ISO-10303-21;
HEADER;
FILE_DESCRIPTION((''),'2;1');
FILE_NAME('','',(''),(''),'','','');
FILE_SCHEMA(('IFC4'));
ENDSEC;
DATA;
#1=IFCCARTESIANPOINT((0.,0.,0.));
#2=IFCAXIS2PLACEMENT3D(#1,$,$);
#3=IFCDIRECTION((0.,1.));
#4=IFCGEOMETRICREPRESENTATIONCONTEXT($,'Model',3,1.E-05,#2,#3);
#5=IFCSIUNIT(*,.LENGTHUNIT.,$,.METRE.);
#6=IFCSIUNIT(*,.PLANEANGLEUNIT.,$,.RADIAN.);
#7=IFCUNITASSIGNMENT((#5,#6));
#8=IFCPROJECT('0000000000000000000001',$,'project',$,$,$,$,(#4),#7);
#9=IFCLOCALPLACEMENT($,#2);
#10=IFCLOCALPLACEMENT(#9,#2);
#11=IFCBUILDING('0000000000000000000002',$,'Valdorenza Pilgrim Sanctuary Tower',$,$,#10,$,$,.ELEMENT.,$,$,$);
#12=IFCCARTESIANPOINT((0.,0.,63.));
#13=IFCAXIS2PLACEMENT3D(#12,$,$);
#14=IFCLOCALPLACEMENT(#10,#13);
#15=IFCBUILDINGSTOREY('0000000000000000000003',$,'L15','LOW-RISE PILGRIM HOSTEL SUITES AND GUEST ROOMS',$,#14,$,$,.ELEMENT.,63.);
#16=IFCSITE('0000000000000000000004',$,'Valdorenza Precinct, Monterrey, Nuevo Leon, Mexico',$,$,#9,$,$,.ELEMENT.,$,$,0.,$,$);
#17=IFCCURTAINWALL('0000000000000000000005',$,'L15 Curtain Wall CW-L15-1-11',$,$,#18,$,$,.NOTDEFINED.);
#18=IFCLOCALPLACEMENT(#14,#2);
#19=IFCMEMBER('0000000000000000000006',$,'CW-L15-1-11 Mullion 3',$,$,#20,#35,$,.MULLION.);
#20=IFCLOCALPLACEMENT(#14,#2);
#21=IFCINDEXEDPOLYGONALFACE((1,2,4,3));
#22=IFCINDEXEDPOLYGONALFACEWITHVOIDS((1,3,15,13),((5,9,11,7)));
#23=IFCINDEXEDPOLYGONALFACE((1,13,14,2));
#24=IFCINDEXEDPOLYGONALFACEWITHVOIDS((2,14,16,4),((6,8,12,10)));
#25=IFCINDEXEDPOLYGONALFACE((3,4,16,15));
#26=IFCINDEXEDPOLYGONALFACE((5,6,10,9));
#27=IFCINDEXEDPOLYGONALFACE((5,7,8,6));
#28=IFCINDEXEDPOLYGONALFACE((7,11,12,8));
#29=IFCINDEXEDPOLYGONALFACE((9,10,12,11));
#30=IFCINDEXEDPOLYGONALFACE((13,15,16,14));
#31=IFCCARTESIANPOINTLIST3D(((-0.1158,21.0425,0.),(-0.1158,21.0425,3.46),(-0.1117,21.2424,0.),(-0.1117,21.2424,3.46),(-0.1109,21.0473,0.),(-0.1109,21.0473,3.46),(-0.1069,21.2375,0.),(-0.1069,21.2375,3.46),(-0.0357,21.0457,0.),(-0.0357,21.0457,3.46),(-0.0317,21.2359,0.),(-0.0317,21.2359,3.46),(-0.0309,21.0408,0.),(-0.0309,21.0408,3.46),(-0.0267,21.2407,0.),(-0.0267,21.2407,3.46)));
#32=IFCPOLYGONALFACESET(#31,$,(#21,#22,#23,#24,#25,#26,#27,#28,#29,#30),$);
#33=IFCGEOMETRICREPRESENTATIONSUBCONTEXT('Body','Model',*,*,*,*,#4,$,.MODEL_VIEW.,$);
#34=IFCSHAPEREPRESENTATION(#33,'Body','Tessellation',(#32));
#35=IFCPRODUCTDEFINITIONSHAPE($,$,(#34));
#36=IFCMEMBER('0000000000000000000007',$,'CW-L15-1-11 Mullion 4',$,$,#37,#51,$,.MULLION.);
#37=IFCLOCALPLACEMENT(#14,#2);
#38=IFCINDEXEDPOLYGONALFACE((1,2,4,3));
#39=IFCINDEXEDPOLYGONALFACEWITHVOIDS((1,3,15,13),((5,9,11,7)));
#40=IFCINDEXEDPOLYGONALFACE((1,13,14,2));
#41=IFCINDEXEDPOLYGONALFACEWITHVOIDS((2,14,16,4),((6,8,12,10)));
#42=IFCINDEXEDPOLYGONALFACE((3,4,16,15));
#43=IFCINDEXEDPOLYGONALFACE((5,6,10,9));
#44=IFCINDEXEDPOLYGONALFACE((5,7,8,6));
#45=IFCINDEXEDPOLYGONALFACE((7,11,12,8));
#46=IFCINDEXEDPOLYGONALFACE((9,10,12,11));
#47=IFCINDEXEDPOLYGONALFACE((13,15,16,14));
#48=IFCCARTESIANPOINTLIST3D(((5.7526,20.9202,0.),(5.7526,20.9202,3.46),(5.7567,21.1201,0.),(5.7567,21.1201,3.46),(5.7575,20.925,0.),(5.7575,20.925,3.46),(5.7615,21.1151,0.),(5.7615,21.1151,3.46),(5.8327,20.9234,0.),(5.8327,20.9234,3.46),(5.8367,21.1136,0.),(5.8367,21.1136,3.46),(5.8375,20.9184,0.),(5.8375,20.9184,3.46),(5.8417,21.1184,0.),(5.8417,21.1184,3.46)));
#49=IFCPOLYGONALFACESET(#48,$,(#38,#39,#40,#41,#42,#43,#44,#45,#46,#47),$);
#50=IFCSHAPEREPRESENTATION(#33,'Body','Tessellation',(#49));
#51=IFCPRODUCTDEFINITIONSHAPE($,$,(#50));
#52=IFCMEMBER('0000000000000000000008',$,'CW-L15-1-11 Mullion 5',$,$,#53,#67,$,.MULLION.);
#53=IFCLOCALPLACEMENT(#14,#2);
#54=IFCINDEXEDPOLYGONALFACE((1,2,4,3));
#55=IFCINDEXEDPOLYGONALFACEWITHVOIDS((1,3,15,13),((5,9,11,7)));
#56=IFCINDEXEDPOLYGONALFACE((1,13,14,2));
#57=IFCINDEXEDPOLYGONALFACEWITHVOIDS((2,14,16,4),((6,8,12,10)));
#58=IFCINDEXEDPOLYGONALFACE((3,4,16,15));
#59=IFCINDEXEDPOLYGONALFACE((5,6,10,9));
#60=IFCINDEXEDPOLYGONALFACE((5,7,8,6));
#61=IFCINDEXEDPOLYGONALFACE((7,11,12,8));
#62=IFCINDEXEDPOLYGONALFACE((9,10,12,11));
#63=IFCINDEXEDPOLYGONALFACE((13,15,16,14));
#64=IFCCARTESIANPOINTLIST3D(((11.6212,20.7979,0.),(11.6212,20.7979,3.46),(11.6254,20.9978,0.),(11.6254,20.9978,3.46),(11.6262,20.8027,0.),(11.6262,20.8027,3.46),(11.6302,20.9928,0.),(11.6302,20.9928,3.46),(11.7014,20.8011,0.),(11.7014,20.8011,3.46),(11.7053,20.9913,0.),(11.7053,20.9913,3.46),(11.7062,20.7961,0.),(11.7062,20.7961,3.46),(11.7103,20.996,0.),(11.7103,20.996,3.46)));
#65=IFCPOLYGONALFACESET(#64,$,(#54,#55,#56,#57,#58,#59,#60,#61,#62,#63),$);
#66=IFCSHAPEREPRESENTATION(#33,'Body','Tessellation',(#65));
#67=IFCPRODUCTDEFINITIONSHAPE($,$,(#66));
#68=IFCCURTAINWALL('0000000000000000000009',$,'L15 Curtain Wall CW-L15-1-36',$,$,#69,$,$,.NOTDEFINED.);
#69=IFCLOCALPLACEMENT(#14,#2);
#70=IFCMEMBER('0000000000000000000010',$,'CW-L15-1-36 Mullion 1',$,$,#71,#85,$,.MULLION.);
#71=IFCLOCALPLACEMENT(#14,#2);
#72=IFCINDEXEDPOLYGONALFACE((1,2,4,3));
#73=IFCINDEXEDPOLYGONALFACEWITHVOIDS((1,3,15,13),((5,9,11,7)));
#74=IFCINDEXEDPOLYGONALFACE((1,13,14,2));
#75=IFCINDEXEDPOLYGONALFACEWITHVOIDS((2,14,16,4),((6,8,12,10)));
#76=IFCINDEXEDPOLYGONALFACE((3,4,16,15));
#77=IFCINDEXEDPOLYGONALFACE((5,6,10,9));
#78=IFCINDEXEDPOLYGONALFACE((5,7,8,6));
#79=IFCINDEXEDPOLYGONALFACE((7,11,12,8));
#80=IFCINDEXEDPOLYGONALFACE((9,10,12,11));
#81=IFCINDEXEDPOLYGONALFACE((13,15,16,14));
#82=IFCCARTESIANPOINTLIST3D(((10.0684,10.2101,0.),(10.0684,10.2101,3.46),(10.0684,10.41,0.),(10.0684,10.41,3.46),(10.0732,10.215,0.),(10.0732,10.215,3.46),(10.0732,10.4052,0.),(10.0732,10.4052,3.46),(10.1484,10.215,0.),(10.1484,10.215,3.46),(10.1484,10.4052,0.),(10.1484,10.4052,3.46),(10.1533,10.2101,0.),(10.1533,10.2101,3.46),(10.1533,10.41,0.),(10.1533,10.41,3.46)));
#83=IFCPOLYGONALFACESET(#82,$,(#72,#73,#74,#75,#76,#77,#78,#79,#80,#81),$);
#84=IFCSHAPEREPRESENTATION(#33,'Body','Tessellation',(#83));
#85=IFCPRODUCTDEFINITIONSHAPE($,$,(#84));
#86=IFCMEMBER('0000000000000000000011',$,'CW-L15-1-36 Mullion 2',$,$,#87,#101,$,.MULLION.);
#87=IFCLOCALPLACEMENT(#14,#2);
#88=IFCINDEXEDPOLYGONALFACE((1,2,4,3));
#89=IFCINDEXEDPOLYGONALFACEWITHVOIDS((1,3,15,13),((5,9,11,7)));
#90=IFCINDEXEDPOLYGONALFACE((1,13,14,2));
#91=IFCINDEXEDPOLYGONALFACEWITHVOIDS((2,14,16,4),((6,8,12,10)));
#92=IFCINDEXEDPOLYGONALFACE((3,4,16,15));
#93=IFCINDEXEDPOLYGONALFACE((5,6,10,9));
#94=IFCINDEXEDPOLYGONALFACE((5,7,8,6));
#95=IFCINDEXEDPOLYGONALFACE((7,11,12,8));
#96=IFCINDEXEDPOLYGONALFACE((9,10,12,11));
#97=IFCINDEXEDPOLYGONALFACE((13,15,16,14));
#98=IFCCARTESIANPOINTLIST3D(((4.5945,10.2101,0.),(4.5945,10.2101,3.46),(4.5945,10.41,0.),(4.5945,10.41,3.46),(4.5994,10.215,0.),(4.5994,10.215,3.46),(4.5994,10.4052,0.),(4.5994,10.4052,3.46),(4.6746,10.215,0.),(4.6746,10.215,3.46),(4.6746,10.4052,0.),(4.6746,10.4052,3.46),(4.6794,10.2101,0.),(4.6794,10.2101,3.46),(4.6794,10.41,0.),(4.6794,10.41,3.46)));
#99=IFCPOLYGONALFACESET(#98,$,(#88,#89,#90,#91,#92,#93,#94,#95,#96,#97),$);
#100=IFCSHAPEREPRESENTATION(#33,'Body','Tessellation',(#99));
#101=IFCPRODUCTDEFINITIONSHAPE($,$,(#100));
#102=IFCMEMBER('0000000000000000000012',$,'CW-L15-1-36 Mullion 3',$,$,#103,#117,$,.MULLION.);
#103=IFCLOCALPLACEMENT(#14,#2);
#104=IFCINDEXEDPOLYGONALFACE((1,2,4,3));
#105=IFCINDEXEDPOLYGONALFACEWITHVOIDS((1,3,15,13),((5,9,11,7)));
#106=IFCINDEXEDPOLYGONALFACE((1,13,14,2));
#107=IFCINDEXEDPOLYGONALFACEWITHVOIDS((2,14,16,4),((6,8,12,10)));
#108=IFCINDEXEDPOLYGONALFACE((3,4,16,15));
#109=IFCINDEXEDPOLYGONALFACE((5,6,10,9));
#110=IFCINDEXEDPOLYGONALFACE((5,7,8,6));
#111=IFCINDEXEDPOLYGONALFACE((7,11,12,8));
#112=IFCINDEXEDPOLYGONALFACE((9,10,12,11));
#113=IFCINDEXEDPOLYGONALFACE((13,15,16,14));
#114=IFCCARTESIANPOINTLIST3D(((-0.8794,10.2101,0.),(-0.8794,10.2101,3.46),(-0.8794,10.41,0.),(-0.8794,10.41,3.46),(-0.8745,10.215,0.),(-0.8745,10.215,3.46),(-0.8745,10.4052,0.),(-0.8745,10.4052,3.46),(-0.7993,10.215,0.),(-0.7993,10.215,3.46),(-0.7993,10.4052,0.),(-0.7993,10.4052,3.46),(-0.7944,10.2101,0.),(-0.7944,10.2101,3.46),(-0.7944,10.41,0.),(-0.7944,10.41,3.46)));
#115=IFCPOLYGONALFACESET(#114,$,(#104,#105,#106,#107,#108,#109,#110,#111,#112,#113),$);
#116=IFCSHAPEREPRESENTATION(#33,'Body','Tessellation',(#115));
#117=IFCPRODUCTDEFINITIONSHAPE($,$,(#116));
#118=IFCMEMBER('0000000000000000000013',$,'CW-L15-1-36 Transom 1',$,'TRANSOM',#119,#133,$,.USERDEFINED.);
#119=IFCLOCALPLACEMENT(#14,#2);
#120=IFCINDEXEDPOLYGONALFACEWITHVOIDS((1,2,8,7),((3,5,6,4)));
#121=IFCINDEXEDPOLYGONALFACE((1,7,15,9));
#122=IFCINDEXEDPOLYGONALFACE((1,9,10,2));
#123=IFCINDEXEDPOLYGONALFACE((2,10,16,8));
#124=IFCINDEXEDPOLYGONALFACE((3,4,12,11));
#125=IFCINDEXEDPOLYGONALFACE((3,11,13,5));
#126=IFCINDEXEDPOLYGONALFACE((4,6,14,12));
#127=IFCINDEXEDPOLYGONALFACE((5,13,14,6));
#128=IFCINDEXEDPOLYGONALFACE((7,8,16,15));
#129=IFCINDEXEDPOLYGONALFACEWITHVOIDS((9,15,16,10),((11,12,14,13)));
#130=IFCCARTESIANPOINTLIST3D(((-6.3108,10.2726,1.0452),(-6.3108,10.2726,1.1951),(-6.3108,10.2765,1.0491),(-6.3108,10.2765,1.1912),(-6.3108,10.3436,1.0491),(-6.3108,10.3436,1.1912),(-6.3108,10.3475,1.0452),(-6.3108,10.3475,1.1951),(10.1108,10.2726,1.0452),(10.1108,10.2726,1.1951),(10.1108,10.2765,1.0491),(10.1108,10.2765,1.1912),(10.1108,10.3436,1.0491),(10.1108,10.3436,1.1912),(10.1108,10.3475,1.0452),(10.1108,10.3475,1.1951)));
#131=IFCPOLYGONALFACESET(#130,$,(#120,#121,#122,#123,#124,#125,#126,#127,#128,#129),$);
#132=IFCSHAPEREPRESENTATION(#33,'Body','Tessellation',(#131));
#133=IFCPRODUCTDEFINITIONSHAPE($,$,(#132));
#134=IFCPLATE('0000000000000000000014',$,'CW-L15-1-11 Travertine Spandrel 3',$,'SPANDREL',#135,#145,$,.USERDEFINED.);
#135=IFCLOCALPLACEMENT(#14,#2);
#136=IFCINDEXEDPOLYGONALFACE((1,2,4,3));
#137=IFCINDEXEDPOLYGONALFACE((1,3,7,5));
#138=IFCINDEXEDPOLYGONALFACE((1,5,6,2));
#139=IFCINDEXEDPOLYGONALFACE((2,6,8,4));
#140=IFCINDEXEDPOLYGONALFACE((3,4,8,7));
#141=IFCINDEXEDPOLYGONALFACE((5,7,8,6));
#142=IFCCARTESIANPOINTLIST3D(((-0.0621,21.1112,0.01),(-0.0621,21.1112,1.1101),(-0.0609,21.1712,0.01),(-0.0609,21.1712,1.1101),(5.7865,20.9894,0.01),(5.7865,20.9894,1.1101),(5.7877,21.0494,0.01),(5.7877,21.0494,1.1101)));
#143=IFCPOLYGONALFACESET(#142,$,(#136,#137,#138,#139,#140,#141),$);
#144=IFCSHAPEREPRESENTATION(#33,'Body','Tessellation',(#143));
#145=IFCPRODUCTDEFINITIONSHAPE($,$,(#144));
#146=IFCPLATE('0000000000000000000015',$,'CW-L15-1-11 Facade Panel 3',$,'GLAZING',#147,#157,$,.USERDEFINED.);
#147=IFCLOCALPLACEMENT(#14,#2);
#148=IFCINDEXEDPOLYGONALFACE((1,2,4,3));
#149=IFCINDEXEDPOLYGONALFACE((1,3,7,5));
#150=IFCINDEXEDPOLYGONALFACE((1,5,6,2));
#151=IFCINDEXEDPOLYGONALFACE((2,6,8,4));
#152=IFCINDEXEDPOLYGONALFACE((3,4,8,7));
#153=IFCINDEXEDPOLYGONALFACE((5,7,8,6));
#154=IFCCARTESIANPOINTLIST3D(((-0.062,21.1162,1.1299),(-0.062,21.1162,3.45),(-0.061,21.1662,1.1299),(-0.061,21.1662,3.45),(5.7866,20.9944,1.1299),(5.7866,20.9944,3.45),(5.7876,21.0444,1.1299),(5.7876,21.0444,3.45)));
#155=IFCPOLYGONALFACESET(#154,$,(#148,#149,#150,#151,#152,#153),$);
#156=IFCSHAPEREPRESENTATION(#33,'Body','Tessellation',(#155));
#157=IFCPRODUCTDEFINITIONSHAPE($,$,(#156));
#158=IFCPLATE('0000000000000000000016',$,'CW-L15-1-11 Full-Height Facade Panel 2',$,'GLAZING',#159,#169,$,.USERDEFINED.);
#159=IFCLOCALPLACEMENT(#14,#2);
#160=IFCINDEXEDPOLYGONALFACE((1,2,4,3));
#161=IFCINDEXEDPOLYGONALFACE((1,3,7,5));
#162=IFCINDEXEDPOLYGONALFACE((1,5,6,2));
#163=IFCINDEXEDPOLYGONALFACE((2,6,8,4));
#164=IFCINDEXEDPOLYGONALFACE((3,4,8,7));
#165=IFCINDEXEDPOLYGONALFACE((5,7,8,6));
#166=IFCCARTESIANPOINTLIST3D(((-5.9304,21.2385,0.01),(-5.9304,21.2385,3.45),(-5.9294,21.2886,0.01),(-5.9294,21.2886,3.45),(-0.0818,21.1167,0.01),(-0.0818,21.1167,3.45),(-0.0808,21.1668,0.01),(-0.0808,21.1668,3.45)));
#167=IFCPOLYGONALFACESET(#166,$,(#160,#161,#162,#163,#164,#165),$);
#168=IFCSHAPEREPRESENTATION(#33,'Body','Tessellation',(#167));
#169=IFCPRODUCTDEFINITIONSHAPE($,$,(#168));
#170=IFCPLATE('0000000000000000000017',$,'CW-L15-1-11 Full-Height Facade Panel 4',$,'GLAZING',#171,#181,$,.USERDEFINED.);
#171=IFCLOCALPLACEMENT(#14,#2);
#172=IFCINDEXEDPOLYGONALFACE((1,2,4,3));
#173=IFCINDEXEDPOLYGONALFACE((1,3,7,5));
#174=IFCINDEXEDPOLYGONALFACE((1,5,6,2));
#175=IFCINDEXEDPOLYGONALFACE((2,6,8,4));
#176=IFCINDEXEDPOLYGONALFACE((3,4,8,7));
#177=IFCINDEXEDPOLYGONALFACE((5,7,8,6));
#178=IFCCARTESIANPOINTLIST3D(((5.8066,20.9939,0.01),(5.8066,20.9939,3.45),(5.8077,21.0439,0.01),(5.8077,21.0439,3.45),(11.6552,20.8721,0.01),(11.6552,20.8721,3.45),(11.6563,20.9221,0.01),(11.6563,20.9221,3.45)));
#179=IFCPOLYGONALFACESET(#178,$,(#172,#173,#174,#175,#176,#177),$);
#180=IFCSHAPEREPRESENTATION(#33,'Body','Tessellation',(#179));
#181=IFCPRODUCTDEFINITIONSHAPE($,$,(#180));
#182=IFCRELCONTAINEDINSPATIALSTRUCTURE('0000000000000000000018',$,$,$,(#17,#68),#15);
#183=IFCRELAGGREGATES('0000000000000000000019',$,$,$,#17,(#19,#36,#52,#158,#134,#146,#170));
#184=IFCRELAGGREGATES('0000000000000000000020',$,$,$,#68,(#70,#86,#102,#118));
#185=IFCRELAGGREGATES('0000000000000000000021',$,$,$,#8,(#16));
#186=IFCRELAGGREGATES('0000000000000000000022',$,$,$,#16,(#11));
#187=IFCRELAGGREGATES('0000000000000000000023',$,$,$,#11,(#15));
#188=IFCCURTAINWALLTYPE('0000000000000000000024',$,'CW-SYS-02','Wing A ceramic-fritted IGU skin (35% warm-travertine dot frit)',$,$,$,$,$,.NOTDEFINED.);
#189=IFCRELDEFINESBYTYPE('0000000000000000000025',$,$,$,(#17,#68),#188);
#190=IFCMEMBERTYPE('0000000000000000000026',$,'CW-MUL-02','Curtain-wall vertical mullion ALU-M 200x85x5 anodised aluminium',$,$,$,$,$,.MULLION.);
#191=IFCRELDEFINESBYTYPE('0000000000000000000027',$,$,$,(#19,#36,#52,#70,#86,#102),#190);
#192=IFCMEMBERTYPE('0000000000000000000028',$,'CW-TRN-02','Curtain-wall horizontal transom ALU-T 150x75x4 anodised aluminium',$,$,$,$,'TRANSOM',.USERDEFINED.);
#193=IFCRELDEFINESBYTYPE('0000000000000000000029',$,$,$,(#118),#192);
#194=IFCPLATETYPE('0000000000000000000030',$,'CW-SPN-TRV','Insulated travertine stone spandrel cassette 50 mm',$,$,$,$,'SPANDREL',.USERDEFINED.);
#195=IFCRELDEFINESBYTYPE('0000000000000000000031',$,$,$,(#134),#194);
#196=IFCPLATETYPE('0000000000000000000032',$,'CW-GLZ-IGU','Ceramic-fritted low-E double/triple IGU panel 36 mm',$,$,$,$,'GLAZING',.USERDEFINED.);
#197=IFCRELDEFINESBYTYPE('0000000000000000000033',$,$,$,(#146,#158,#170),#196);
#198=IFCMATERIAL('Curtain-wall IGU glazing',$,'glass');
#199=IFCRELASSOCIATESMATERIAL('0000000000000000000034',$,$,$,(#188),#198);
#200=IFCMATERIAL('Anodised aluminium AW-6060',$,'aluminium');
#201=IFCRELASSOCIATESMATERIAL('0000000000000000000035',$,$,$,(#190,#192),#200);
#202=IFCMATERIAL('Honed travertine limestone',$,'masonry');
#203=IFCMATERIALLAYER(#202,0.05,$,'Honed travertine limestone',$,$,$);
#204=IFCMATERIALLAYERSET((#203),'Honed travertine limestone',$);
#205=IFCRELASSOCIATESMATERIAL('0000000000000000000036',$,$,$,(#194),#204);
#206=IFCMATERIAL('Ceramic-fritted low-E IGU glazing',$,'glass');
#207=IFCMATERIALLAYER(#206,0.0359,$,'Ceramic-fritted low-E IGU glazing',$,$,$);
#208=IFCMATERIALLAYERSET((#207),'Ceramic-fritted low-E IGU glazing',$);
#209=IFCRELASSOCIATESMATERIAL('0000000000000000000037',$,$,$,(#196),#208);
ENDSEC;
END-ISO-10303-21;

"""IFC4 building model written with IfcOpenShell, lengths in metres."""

from ifc_helpers import new_model, si_unit, direction, frame, origin, origin_2d, place, context, subcontext, project, spatial, rectangle, hollow_rectangle, extrude, source, transform, mapped, material, layer, layer_set, material_profile, profile_set, type_object, element, aggregate, save


model = new_model("IFC4")

# Units and contexts
model_context = context("Model", 3, precision=1e-05, world=origin(), true_north=direction((0.0, 1.0)))
body_context = subcontext(model_context, "Body", "Model", "MODEL_VIEW")
ifc_project = project(units=[si_unit("LENGTHUNIT", "METRE"), si_unit("PLANEANGLEUNIT", "RADIAN")], contexts=[model_context])

# Site, building, storey
site_placement = place(None, origin())
site = spatial("IfcSite", under=ifc_project, at=site_placement, Name="Valdorenza Precinct, Monterrey, Nuevo Leon, Mexico", CompositionType="ELEMENT", RefElevation=0.0)
building_placement = place(site_placement, origin())
building = spatial("IfcBuilding", under=site, at=building_placement, Name="Valdorenza Pilgrim Sanctuary Tower", CompositionType="ELEMENT")
storey_placement = place(building_placement, frame((0.0, 0.0, 63.0)))
storey = spatial("IfcBuildingStorey", under=building, at=storey_placement, Name="L15", Description="LOW-RISE PILGRIM HOSTEL SUITES AND GUEST ROOMS", CompositionType="ELEMENT", Elevation=63.0)

# Curtain walls, members
ifc_material_1 = material(Name="Curtain-wall IGU glazing", Category="glass")
curtain_wall_type = type_object("IfcCurtainWallType", Name="CW-SYS-02", Description="Wing A ceramic-fritted IGU skin (35% warm-travertine dot frit)", PredefinedType="NOTDEFINED", material=ifc_material_1)
curtain_wall_1_placement = place(storey_placement, origin())
curtain_wall_1 = element("IfcCurtainWall", 1, at=curtain_wall_1_placement, inside=storey, type_object=curtain_wall_type, Name="L15 Curtain Wall CW-L15-1-11", PredefinedType="NOTDEFINED")
ifc_material_2 = material(Name="Anodised aluminium AW-6060", Category="aluminium")
ifc_material_profile_1 = material_profile(ifc_material_2, hollow_rectangle(XDim=0.085, YDim=0.2, WallThickness=0.0049, at=origin_2d()), Name="ALU-M 200x85x5")
ifc_profile_set_1 = profile_set([ifc_material_profile_1], Name="Anodised aluminium AW-6060")
member_type_1 = type_object("IfcMemberType", Name="CW-MUL-02", Description="Curtain-wall vertical mullion ALU-M 200x85x5 anodised aluminium", PredefinedType="MULLION", material=ifc_profile_set_1)
shared_shape_1 = source(origin(), body_context, "Body", "SweptSolid", [
    extrude(hollow_rectangle(XDim=0.085, YDim=0.2, WallThickness=0.0049, at=origin_2d()), origin(), (0.0, 0.0, 1.0), 3.46),
])
member_1_placement = place(storey_placement, frame((-0.0713, 21.1416, 0.0), z_axis=(0.0, 0.0, 1.0), x_axis=(0.999783, -0.02082, 0.0)))
member_1 = element("IfcMember", 2, at=member_1_placement, type_object=member_type_1, Name="CW-L15-1-11 Mullion 3", PredefinedType="MULLION", context=body_context, shape_type="MappedRepresentation", body=[
    mapped(shared_shape_1, transform((0.0, 0.0, 0.0), x_axis=(1.0, 0.0, 0.0), y_axis=(0.0, 1.0, 0.0), z_axis=(0.0, 0.0, 1.0), scale=1.0)),
])
member_2_placement = place(storey_placement, frame((5.7971, 21.0193, 0.0), z_axis=(0.0, 0.0, 1.0), x_axis=(0.999783, -0.02082, 0.0)))
member_2 = element("IfcMember", 3, at=member_2_placement, type_object=member_type_1, Name="CW-L15-1-11 Mullion 4", PredefinedType="MULLION", context=body_context, shape_type="MappedRepresentation", body=[
    mapped(shared_shape_1, transform((0.0, 0.0, 0.0), x_axis=(1.0, 0.0, 0.0), y_axis=(0.0, 1.0, 0.0), z_axis=(0.0, 0.0, 1.0), scale=1.0)),
])
member_3_placement = place(storey_placement, frame((11.6658, 20.897, 0.0), z_axis=(0.0, 0.0, 1.0), x_axis=(0.999783, -0.02082, 0.0)))
member_3 = element("IfcMember", 4, at=member_3_placement, type_object=member_type_1, Name="CW-L15-1-11 Mullion 5", PredefinedType="MULLION", context=body_context, shape_type="MappedRepresentation", body=[
    mapped(shared_shape_1, transform((0.0, 0.0, 0.0), x_axis=(1.0, 0.0, 0.0), y_axis=(0.0, 1.0, 0.0), z_axis=(0.0, 0.0, 1.0), scale=1.0)),
])
curtain_wall_2_placement = place(storey_placement, origin())
curtain_wall_2 = element("IfcCurtainWall", 5, at=curtain_wall_2_placement, inside=storey, type_object=curtain_wall_type, Name="L15 Curtain Wall CW-L15-1-36", PredefinedType="NOTDEFINED")
member_4_placement = place(storey_placement, frame((10.1108, 10.3101, 0.0), z_axis=(0.0, 0.0, 1.0), x_axis=(-1.0, 0.0, 0.0)))
member_4 = element("IfcMember", 6, at=member_4_placement, type_object=member_type_1, Name="CW-L15-1-36 Mullion 1", PredefinedType="MULLION", context=body_context, shape_type="MappedRepresentation", body=[
    mapped(shared_shape_1, transform((0.0, 0.0, 0.0), x_axis=(1.0, 0.0, 0.0), y_axis=(0.0, 1.0, 0.0), z_axis=(0.0, 0.0, 1.0), scale=1.0)),
])
member_5_placement = place(storey_placement, frame((4.637, 10.3101, 0.0), z_axis=(0.0, 0.0, 1.0), x_axis=(-1.0, 0.0, 0.0)))
member_5 = element("IfcMember", 7, at=member_5_placement, type_object=member_type_1, Name="CW-L15-1-36 Mullion 2", PredefinedType="MULLION", context=body_context, shape_type="MappedRepresentation", body=[
    mapped(shared_shape_1, transform((0.0, 0.0, 0.0), x_axis=(1.0, 0.0, 0.0), y_axis=(0.0, 1.0, 0.0), z_axis=(0.0, 0.0, 1.0), scale=1.0)),
])
member_6_placement = place(storey_placement, frame((-0.8369, 10.3101, 0.0), z_axis=(0.0, 0.0, 1.0), x_axis=(-1.0, 0.0, 0.0)))
member_6 = element("IfcMember", 8, at=member_6_placement, type_object=member_type_1, Name="CW-L15-1-36 Mullion 3", PredefinedType="MULLION", context=body_context, shape_type="MappedRepresentation", body=[
    mapped(shared_shape_1, transform((0.0, 0.0, 0.0), x_axis=(1.0, 0.0, 0.0), y_axis=(0.0, 1.0, 0.0), z_axis=(0.0, 0.0, 1.0), scale=1.0)),
])
ifc_material_profile_2 = material_profile(ifc_material_2, hollow_rectangle(XDim=0.075, YDim=0.1499, WallThickness=0.0039, at=origin_2d()), Name="ALU-T 150x75x4")
ifc_profile_set_2 = profile_set([ifc_material_profile_2], Name="Anodised aluminium AW-6060")
member_type_2 = type_object("IfcMemberType", Name="CW-TRN-02", Description="Curtain-wall horizontal transom ALU-T 150x75x4 anodised aluminium", ElementType="TRANSOM", PredefinedType="USERDEFINED", material=ifc_profile_set_2)
shared_shape_2 = source(origin(), body_context, "Body", "SweptSolid", [
    extrude(hollow_rectangle(XDim=0.075, YDim=0.1499, WallThickness=0.0039, at=origin_2d()), origin(), (0.0, 0.0, 1.0), 16.4216),
])
member_7_placement = place(storey_placement, frame((10.1108, 10.3101, 1.1201), z_axis=(-1.0, 0.0, 0.0), x_axis=(0.0, -1.0, 0.0)))
member_7 = element("IfcMember", 9, at=member_7_placement, type_object=member_type_2, Name="CW-L15-1-36 Transom 1", ObjectType="TRANSOM", PredefinedType="USERDEFINED", context=body_context, shape_type="MappedRepresentation", body=[
    mapped(shared_shape_2, transform((0.0, 0.0, 0.0), x_axis=(1.0, 0.0, 0.0), y_axis=(0.0, 1.0, 0.0), z_axis=(0.0, 0.0, 1.0), scale=1.0)),
])

# Plates
ifc_material_3 = material(Name="Honed travertine limestone", Category="masonry")
ifc_layer_1 = layer(ifc_material_3, 0.05, Name="Honed travertine limestone")
ifc_layer_set_1 = layer_set([ifc_layer_1], Name="Honed travertine limestone")
plate_type_1 = type_object("IfcPlateType", Name="CW-SPN-TRV", Description="Insulated travertine stone spandrel cassette 50 mm", ElementType="SPANDREL", PredefinedType="USERDEFINED", material=ifc_layer_set_1)
shared_shape_3 = source(origin(), body_context, "Body", "SweptSolid", [
    extrude(rectangle(XDim=5.8499, YDim=0.0601, at=origin_2d()), origin(), (0.0, 0.0, 1.0), 1.1001),
])
plate_1_placement = place(storey_placement, frame((2.8628, 21.0803, 0.01), z_axis=(0.0, 0.0, 1.0), x_axis=(0.999783, -0.02082, 0.0)))
plate_1 = element("IfcPlate", 10, at=plate_1_placement, type_object=plate_type_1, Name="CW-L15-1-11 Travertine Spandrel 3", ObjectType="SPANDREL", PredefinedType="USERDEFINED", context=body_context, shape_type="MappedRepresentation", body=[
    mapped(shared_shape_3, transform((0.0, 0.0, 0.0), x_axis=(1.0, 0.0, 0.0), y_axis=(0.0, 1.0, 0.0), z_axis=(0.0, 0.0, 1.0), scale=1.0)),
])
ifc_material_4 = material(Name="Ceramic-fritted low-E IGU glazing", Category="glass")
ifc_layer_2 = layer(ifc_material_4, 0.0359, Name="Ceramic-fritted low-E IGU glazing")
ifc_layer_set_2 = layer_set([ifc_layer_2], Name="Ceramic-fritted low-E IGU glazing")
plate_type_2 = type_object("IfcPlateType", Name="CW-GLZ-IGU", Description="Ceramic-fritted low-E double/triple IGU panel 36 mm", ElementType="GLAZING", PredefinedType="USERDEFINED", material=ifc_layer_set_2)
shared_shape_4 = source(origin(), body_context, "Body", "SweptSolid", [
    extrude(rectangle(XDim=5.8499, YDim=0.05, at=origin_2d()), origin(), (0.0, 0.0, 1.0), 2.3201),
])
plate_2_placement = place(storey_placement, frame((2.8628, 21.0803, 1.1299), z_axis=(0.0, 0.0, 1.0), x_axis=(0.999783, -0.02082, 0.0)))
plate_2 = element("IfcPlate", 11, at=plate_2_placement, type_object=plate_type_2, Name="CW-L15-1-11 Facade Panel 3", ObjectType="GLAZING", PredefinedType="USERDEFINED", context=body_context, shape_type="MappedRepresentation", body=[
    mapped(shared_shape_4, transform((0.0, 0.0, 0.0), x_axis=(1.0, 0.0, 0.0), y_axis=(0.0, 1.0, 0.0), z_axis=(0.0, 0.0, 1.0), scale=1.0)),
])
shared_shape_5 = source(origin(), body_context, "Body", "SweptSolid", [
    extrude(rectangle(XDim=5.8499, YDim=0.05, at=origin_2d()), origin(), (0.0, 0.0, 1.0), 3.4399),
])
plate_3_placement = place(storey_placement, frame((-3.0056, 21.2026, 0.01), z_axis=(0.0, 0.0, 1.0), x_axis=(0.999783, -0.02082, 0.0)))
plate_3 = element("IfcPlate", 12, at=plate_3_placement, type_object=plate_type_2, Name="CW-L15-1-11 Full-Height Facade Panel 2", ObjectType="GLAZING", PredefinedType="USERDEFINED", context=body_context, shape_type="MappedRepresentation", body=[
    mapped(shared_shape_5, transform((0.0, 0.0, 0.0), x_axis=(1.0, 0.0, 0.0), y_axis=(0.0, 1.0, 0.0), z_axis=(0.0, 0.0, 1.0), scale=1.0)),
])
plate_4_placement = place(storey_placement, frame((8.7314, 20.958, 0.01), z_axis=(0.0, 0.0, 1.0), x_axis=(0.999783, -0.02082, 0.0)))
plate_4 = element("IfcPlate", 13, at=plate_4_placement, type_object=plate_type_2, Name="CW-L15-1-11 Full-Height Facade Panel 4", ObjectType="GLAZING", PredefinedType="USERDEFINED", context=body_context, shape_type="MappedRepresentation", body=[
    mapped(shared_shape_5, transform((0.0, 0.0, 0.0), x_axis=(1.0, 0.0, 0.0), y_axis=(0.0, 1.0, 0.0), z_axis=(0.0, 0.0, 1.0), scale=1.0)),
])
aggregate(curtain_wall_1, [member_1, member_2, member_3, plate_3, plate_1, plate_2, plate_4])
aggregate(curtain_wall_2, [member_4, member_5, member_6, member_7])

save(model, "model.ifc")
